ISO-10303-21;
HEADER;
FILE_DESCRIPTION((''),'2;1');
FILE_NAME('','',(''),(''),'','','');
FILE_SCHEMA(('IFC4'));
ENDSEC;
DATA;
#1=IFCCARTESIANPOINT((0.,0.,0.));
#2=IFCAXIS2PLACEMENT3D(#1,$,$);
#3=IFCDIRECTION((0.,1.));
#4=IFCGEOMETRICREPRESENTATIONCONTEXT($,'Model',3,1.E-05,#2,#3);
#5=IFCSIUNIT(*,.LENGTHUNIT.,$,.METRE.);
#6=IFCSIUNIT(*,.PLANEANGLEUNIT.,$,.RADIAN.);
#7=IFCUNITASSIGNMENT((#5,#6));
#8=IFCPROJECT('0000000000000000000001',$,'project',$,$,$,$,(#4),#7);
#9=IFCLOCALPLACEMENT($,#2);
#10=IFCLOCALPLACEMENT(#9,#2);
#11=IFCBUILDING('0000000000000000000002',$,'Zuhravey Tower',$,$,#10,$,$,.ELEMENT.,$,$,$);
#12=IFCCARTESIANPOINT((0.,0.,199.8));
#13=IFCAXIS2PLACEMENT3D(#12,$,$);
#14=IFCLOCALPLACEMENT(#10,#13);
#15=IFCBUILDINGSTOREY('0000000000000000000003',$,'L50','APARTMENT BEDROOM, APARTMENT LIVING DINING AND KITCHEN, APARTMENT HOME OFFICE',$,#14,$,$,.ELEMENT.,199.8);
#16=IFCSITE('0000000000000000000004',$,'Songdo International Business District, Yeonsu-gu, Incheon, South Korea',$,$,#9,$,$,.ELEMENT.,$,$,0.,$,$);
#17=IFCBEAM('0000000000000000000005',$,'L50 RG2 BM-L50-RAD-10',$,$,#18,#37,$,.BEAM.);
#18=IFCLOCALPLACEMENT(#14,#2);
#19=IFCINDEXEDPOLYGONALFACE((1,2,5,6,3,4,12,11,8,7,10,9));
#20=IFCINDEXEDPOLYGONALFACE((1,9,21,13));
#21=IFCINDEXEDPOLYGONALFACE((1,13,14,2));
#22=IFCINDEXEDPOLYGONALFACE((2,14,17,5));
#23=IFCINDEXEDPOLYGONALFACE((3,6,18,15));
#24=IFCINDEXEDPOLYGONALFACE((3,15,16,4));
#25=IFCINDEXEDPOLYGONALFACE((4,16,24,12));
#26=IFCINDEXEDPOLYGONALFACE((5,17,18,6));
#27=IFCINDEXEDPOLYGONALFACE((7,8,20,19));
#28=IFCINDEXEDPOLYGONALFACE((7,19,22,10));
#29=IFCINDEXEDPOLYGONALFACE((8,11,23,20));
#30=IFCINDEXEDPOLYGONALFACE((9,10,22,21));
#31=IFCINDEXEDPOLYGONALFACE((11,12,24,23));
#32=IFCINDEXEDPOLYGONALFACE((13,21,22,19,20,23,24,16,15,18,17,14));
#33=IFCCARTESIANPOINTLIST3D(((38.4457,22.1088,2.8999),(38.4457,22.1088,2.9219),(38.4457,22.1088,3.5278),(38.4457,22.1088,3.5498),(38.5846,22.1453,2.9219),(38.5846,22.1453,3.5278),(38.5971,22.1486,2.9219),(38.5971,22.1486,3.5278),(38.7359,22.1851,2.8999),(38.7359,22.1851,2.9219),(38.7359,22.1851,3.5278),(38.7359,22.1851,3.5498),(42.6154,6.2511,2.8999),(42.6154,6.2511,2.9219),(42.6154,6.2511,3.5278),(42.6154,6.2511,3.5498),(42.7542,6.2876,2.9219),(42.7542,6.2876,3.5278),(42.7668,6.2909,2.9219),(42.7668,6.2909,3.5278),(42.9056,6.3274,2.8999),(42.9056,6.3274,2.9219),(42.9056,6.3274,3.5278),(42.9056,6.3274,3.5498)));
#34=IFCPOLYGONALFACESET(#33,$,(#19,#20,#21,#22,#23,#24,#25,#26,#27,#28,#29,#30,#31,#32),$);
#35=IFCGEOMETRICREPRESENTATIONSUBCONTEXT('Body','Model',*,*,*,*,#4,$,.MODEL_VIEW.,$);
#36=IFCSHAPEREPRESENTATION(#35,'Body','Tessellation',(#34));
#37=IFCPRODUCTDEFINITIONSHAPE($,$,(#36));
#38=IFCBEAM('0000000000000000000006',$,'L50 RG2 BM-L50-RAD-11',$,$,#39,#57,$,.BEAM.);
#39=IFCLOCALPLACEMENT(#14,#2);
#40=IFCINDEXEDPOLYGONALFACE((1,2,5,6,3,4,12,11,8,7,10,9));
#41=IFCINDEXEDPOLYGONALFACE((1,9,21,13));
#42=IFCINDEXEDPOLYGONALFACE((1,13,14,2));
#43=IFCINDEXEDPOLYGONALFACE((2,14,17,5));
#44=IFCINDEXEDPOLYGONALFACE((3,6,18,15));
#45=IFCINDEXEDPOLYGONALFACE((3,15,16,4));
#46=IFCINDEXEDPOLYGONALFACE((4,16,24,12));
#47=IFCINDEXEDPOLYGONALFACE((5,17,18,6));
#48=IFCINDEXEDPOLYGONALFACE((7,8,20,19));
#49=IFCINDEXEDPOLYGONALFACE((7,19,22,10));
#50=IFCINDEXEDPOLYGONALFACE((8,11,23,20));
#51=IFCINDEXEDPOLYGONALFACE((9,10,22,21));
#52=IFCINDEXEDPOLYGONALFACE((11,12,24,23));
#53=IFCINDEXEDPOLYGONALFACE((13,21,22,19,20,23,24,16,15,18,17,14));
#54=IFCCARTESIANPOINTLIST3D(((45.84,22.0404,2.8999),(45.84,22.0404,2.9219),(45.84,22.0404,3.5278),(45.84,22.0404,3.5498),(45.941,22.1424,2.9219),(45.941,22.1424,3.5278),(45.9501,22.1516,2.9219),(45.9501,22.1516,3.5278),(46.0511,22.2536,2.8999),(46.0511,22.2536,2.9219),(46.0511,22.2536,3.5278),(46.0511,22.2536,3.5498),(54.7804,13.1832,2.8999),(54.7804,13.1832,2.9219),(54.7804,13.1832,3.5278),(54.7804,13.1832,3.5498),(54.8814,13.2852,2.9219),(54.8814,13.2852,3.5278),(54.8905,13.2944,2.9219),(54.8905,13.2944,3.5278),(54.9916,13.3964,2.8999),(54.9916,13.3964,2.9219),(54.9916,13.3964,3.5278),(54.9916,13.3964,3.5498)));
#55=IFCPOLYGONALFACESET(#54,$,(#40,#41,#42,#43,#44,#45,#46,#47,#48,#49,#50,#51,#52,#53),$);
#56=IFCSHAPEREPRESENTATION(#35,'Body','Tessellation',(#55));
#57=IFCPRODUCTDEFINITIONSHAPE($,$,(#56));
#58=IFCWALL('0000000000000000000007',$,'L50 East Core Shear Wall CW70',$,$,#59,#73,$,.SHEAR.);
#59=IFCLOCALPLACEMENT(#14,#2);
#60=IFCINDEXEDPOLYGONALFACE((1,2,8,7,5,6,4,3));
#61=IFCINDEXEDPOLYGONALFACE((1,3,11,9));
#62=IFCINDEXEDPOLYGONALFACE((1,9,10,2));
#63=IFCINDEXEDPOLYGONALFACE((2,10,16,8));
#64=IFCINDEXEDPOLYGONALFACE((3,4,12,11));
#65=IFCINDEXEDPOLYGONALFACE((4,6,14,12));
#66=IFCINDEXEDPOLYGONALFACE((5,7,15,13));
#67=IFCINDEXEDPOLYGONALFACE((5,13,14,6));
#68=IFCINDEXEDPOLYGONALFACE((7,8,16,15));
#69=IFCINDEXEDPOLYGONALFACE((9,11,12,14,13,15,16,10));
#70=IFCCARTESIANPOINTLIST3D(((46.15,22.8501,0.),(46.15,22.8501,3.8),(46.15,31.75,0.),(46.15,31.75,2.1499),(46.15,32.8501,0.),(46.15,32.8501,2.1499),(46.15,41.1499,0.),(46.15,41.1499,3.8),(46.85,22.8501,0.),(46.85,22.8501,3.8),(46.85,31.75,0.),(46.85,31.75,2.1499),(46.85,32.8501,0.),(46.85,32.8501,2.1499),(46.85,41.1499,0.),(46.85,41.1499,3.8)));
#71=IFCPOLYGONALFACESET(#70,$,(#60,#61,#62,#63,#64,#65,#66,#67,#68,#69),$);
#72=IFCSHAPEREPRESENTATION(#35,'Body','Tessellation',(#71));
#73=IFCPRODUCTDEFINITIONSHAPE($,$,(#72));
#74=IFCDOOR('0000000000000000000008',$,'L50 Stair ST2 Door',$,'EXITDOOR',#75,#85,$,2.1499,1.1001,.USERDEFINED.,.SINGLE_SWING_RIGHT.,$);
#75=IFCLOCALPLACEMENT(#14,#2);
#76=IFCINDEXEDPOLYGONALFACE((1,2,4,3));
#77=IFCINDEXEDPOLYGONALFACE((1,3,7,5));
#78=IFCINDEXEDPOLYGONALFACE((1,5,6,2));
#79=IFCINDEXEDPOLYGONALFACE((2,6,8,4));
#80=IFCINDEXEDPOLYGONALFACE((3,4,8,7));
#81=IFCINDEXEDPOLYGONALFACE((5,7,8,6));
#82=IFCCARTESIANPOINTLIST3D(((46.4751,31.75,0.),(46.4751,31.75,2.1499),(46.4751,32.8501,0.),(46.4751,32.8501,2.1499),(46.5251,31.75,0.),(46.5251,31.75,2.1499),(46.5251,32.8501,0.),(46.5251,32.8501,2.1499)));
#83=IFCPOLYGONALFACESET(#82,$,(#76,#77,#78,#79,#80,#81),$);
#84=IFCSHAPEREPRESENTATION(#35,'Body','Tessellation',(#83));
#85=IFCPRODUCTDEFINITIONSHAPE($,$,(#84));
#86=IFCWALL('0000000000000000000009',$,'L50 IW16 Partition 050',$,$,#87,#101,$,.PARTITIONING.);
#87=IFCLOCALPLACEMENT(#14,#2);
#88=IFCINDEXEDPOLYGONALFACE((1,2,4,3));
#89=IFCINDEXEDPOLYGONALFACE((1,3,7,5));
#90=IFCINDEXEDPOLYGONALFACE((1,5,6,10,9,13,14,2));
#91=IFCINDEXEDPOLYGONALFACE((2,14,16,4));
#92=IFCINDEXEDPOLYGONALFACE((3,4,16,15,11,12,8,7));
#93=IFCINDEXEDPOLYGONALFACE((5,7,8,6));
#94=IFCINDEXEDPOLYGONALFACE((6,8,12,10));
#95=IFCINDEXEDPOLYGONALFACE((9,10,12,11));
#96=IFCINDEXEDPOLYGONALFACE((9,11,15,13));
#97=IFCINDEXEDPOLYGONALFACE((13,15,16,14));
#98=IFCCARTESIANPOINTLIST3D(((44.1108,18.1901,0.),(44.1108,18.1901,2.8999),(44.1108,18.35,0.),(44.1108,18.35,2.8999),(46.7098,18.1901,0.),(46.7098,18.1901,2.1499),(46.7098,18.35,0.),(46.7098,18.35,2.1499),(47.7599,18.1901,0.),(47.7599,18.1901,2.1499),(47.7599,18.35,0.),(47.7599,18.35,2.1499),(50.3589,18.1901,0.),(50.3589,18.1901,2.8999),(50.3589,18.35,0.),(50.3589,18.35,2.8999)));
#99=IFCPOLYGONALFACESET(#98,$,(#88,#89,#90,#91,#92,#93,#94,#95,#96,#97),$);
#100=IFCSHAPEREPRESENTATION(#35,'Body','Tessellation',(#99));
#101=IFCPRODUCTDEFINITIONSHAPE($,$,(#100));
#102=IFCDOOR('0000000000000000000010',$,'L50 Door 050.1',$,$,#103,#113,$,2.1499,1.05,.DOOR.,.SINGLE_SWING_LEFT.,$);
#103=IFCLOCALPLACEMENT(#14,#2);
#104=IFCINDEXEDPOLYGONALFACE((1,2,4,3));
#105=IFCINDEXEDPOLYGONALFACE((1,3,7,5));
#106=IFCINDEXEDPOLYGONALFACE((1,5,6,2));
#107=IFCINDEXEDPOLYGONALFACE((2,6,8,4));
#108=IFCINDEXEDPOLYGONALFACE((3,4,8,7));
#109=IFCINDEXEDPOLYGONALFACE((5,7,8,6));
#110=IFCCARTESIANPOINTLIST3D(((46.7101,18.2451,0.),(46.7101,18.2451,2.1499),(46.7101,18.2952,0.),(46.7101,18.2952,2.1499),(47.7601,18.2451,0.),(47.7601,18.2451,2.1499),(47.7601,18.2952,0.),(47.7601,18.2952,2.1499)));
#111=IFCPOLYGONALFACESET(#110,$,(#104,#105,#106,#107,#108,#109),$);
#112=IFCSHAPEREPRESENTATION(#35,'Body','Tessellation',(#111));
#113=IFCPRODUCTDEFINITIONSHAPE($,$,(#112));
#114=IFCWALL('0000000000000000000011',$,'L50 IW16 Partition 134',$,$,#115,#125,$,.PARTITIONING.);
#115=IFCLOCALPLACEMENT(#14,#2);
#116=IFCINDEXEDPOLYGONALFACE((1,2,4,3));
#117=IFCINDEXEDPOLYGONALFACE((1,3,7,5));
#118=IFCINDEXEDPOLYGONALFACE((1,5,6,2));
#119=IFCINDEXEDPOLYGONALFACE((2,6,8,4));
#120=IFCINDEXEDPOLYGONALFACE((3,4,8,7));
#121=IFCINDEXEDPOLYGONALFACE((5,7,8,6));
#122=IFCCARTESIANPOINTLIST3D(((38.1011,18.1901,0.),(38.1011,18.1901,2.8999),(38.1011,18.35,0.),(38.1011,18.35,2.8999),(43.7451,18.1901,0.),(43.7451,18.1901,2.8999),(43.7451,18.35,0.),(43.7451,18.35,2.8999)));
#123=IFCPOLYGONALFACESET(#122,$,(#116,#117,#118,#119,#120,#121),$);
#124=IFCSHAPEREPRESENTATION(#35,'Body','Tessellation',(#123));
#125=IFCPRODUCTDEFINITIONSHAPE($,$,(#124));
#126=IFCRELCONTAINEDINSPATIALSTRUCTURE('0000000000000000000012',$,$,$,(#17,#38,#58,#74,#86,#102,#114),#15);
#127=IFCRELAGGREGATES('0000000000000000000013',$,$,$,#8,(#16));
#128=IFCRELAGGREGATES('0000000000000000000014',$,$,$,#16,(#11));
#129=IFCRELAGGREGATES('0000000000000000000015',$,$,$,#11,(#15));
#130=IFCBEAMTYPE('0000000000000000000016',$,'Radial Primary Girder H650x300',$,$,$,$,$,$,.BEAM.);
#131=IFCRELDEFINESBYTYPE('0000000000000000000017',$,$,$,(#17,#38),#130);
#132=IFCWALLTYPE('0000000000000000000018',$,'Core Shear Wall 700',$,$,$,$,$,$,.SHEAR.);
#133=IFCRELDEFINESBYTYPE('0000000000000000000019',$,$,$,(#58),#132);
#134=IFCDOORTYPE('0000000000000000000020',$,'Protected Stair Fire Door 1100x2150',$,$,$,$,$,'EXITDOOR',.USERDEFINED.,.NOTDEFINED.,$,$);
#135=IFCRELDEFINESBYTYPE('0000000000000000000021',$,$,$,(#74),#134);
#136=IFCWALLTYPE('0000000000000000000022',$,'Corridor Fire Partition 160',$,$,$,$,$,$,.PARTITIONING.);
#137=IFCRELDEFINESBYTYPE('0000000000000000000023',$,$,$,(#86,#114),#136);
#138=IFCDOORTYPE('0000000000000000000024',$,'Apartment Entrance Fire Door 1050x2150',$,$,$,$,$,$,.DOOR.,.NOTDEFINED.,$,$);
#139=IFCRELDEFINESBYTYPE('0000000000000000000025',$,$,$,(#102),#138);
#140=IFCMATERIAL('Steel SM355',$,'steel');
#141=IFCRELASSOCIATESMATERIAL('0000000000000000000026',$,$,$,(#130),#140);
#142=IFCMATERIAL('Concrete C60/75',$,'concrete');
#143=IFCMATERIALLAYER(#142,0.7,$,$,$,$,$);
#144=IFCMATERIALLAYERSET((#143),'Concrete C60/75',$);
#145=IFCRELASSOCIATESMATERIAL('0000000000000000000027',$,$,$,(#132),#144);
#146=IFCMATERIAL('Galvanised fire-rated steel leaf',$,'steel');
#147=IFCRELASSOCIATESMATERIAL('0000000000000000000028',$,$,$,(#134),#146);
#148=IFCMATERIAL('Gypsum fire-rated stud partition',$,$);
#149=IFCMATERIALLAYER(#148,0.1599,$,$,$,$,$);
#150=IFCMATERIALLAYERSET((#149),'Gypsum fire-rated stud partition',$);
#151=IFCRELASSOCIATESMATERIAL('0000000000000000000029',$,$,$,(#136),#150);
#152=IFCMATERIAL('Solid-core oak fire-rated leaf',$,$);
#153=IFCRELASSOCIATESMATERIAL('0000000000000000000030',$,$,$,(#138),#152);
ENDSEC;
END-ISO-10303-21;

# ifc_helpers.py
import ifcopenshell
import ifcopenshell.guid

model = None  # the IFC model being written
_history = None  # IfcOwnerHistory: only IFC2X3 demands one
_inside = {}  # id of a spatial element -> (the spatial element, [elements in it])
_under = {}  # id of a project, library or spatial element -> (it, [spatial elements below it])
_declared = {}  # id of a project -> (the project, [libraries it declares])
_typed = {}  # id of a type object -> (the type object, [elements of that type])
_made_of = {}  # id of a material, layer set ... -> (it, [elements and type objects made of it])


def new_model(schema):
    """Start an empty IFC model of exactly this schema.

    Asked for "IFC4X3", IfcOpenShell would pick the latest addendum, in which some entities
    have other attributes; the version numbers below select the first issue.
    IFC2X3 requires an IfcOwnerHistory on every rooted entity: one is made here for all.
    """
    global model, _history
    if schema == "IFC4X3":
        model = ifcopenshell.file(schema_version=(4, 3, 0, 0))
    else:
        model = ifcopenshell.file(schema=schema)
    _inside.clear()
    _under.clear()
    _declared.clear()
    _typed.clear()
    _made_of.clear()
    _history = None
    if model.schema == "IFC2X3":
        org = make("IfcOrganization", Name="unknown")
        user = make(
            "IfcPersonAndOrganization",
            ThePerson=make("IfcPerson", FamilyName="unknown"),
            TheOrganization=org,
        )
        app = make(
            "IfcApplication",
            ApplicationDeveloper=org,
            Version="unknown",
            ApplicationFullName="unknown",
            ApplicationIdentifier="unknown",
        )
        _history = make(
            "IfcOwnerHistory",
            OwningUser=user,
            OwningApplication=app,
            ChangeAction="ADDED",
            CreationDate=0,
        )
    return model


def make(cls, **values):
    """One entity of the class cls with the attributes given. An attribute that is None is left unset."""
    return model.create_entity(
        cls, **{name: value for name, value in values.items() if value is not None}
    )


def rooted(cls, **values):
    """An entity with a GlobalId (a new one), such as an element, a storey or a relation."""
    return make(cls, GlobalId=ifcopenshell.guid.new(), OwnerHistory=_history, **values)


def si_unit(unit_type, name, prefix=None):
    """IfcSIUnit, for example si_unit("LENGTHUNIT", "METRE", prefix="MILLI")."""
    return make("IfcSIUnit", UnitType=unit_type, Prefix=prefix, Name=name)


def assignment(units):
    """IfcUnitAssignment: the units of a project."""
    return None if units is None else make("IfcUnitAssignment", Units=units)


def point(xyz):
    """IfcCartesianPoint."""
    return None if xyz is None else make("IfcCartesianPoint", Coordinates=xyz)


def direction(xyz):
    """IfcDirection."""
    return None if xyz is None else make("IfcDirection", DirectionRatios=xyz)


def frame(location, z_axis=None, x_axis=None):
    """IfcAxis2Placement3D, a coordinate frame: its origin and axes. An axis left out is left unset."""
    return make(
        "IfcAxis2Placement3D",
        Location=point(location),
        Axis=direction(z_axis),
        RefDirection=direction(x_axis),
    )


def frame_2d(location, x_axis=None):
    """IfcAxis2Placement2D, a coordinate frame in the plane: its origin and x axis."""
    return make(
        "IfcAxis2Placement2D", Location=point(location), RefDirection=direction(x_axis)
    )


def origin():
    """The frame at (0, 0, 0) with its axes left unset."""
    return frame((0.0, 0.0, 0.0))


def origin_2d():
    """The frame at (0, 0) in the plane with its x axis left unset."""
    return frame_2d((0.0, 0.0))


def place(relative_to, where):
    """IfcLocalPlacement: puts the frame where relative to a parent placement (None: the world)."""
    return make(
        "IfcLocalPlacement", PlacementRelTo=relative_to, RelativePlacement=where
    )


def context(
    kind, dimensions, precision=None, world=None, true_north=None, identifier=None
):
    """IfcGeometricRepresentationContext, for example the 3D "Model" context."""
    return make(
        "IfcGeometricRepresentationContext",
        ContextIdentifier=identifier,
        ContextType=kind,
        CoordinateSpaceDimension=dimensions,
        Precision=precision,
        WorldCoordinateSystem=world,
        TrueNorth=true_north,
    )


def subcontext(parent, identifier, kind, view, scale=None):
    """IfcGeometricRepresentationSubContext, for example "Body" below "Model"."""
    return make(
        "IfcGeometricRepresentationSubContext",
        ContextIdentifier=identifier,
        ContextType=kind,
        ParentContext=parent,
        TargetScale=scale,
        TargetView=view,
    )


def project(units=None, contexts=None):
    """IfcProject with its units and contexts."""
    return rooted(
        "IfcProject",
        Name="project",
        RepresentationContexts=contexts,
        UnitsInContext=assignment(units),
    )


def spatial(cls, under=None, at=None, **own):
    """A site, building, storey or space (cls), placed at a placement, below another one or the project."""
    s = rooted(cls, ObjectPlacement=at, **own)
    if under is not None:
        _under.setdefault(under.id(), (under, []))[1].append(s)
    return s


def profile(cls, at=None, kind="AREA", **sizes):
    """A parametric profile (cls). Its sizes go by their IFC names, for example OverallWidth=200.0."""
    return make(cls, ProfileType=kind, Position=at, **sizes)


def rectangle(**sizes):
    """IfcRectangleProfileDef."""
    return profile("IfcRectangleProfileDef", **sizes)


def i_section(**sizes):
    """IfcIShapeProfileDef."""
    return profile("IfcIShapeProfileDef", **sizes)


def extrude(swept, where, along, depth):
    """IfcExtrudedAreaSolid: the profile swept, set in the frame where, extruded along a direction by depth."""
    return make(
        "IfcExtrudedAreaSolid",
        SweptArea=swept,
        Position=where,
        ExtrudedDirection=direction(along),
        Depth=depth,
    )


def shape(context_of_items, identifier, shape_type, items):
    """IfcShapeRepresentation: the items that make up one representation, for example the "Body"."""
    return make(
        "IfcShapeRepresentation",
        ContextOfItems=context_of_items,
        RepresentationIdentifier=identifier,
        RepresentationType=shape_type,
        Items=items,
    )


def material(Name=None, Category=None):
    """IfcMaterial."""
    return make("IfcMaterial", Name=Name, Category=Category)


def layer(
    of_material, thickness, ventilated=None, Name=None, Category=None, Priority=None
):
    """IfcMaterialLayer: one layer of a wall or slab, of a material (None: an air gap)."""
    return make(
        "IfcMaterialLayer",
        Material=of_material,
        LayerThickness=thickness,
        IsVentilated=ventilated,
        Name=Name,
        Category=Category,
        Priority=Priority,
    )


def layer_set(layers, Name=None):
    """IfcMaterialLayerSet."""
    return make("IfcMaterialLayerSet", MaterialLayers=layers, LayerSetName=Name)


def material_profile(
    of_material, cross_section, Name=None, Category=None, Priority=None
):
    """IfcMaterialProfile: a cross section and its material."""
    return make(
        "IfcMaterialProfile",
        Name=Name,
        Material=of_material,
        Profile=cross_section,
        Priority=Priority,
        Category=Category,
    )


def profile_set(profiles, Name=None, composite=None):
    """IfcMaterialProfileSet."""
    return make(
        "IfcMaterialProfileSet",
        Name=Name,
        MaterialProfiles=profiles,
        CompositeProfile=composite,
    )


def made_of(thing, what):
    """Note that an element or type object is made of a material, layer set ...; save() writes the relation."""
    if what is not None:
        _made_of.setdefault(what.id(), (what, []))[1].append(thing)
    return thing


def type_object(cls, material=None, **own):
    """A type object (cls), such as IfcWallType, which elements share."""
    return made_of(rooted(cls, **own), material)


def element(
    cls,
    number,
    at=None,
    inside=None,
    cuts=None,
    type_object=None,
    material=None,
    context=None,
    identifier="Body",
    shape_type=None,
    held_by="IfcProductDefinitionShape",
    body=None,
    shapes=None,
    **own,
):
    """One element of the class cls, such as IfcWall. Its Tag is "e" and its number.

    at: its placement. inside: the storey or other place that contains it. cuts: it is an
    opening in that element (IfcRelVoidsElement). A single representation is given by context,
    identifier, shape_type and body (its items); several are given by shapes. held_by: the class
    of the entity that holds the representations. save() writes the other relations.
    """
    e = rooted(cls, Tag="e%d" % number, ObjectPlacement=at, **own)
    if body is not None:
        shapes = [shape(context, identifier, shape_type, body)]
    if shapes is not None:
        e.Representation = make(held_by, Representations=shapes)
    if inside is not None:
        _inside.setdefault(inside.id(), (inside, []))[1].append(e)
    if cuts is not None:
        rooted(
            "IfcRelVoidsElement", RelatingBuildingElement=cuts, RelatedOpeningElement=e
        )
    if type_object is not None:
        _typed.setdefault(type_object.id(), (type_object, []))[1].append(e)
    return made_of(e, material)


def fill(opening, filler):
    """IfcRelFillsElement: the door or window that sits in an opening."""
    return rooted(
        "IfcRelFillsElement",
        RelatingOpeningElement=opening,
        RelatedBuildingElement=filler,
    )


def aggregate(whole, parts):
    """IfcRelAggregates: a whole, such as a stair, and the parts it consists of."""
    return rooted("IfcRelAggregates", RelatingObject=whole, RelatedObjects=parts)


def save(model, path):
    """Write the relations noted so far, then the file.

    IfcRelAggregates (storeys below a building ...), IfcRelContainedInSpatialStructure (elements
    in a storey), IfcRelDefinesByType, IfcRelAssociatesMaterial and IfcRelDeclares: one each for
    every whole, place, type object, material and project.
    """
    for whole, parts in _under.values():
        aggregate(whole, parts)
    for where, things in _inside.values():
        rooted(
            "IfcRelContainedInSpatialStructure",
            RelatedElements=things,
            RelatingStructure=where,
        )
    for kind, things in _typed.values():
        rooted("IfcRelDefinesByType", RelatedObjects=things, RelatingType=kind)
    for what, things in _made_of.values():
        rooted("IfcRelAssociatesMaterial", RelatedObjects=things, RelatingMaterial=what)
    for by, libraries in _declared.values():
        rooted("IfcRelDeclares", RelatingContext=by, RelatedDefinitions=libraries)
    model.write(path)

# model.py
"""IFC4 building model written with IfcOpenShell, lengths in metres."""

from ifc_helpers import new_model, si_unit, direction, frame, frame_2d, origin, origin_2d, place, context, subcontext, project, spatial, rectangle, i_section, extrude, material, layer, layer_set, material_profile, profile_set, type_object, element, fill, save


model = new_model("IFC4")

# Units and contexts
model_context = context("Model", 3, precision=1e-05, world=origin(), true_north=direction((0.0, 1.0)))
body_context = subcontext(model_context, "Body", "Model", "MODEL_VIEW")
ifc_project = project(units=[si_unit("LENGTHUNIT", "METRE"), si_unit("PLANEANGLEUNIT", "RADIAN")], contexts=[model_context])

# Site, building, storey
site_placement = place(None, origin())
site = spatial("IfcSite", under=ifc_project, at=site_placement, Name="Songdo International Business District, Yeonsu-gu, Incheon, South Korea", CompositionType="ELEMENT", RefElevation=0.0)
building_placement = place(site_placement, origin())
building = spatial("IfcBuilding", under=site, at=building_placement, Name="Zuhravey Tower", CompositionType="ELEMENT")
storey_placement = place(building_placement, frame((0.0, 0.0, 199.8)))
storey = spatial("IfcBuildingStorey", under=building, at=storey_placement, Name="L50", Description="APARTMENT BEDROOM, APARTMENT LIVING DINING AND KITCHEN, APARTMENT HOME OFFICE", CompositionType="ELEMENT", Elevation=199.8)

# Beams
ifc_material_1 = material(Name="Steel SM355", Category="steel")
ifc_material_profile = material_profile(ifc_material_1, i_section(OverallWidth=0.3, OverallDepth=0.6499, WebThickness=0.0129, FlangeThickness=0.022, at=origin_2d()), Name="H-650x300x13x22")
ifc_profile_set = profile_set([ifc_material_profile], Name="Steel SM355")
beam_type = type_object("IfcBeamType", Name="Radial Primary Girder H650x300", PredefinedType="BEAM", material=ifc_profile_set)
beam_1_placement = place(storey_placement, frame((38.5908, 22.147, 3.2249), z_axis=(0.2543, -0.967125, 0.0), x_axis=(0.967125, 0.2543, 0.0)))
element("IfcBeam", 1, at=beam_1_placement, inside=storey, type_object=beam_type, Name="L50 RG2 BM-L50-RAD-10", PredefinedType="BEAM", context=body_context, shape_type="SweptSolid", body=[
    extrude(i_section(OverallWidth=0.3, OverallDepth=0.6499, WebThickness=0.0129, FlangeThickness=0.022, at=origin_2d()), origin(), (0.0, 0.0, 1.0), 16.3967),
])
beam_2_placement = place(storey_placement, frame((45.9456, 22.147, 3.2249), z_axis=(0.710407, -0.703791, 0.0), x_axis=(0.703791, 0.710407, 0.0)))
element("IfcBeam", 2, at=beam_2_placement, inside=storey, type_object=beam_type, Name="L50 RG2 BM-L50-RAD-11", PredefinedType="BEAM", context=body_context, shape_type="SweptSolid", body=[
    extrude(i_section(OverallWidth=0.3, OverallDepth=0.6499, WebThickness=0.0129, FlangeThickness=0.022, at=origin_2d()), origin(), (0.0, 0.0, 1.0), 12.585),
])

# Walls, openings, doors
ifc_material_2 = material(Name="Concrete C60/75", Category="concrete")
ifc_layer_1 = layer(ifc_material_2, 0.7)
ifc_layer_set_1 = layer_set([ifc_layer_1], Name="Concrete C60/75")
wall_type_1 = type_object("IfcWallType", Name="Core Shear Wall 700", PredefinedType="SHEAR", material=ifc_layer_set_1)
ifc_material_3 = material(Name="Galvanised fire-rated steel leaf", Category="steel")
wall_1_placement = place(storey_placement, frame((46.5, 22.8501, 0.0), z_axis=(0.0, 0.0, 1.0), x_axis=(0.0, 1.0, 0.0)))
wall_1 = element("IfcWall", 3, at=wall_1_placement, inside=storey, type_object=wall_type_1, Name="L50 East Core Shear Wall CW70", PredefinedType="SHEAR", context=body_context, shape_type="SweptSolid", body=[
    extrude(rectangle(XDim=18.2998, YDim=0.7, at=frame_2d((9.1499, 0.0))), origin(), (0.0, 0.0, 1.0), 3.8),
])
opening_1_placement = place(wall_1_placement, frame((8.8999, 0.0, 0.0)))
opening_1 = element("IfcOpeningElement", 4, at=opening_1_placement, cuts=wall_1, PredefinedType="OPENING", context=body_context, shape_type="SweptSolid", body=[
    extrude(rectangle(XDim=1.1001, YDim=2.1499, at=frame_2d((0.55, 1.075))), frame((0.0, 0.3621, 0.0), z_axis=(0.0, -1.0, 0.0), x_axis=(1.0, 0.0, 0.0)), (0.0, 0.0, 1.0), 0.7239),
])
door_type_1 = type_object("IfcDoorType", Name="Protected Stair Fire Door 1100x2150", ElementType="EXITDOOR", OperationType="NOTDEFINED", PredefinedType="USERDEFINED", material=ifc_material_3)
door_1_placement = place(opening_1_placement, origin())
door_1 = element("IfcDoor", 5, at=door_1_placement, inside=storey, type_object=door_type_1, Name="L50 Stair ST2 Door", ObjectType="EXITDOOR", OperationType="SINGLE_SWING_RIGHT", OverallHeight=2.1499, OverallWidth=1.1001, PredefinedType="USERDEFINED", context=body_context, shape_type="SweptSolid", body=[
    extrude(rectangle(XDim=1.1001, YDim=2.1499, at=frame_2d((0.55, 1.075))), frame((0.0, 0.0249, 0.0), z_axis=(0.0, -1.0, 0.0), x_axis=(1.0, 0.0, 0.0)), (0.0, 0.0, 1.0), 0.05),
])
fill(opening_1, door_1)
ifc_material_4 = material(Name="Gypsum fire-rated stud partition")
ifc_layer_2 = layer(ifc_material_4, 0.1599)
ifc_layer_set_2 = layer_set([ifc_layer_2], Name="Gypsum fire-rated stud partition")
wall_type_2 = type_object("IfcWallType", Name="Corridor Fire Partition 160", PredefinedType="PARTITIONING", material=ifc_layer_set_2)
wall_2_placement = place(storey_placement, frame((44.1108, 18.27, 0.0), z_axis=(0.0, 0.0, 1.0), x_axis=(1.0, 0.0, 0.0)))
wall_2 = element("IfcWall", 6, at=wall_2_placement, inside=storey, type_object=wall_type_2, Name="L50 IW16 Partition 050", PredefinedType="PARTITIONING", context=body_context, shape_type="SweptSolid", body=[
    extrude(rectangle(XDim=6.248, YDim=0.1599, at=frame_2d((3.124, 0.0))), origin(), (0.0, 0.0, 1.0), 2.8999),
])
opening_2_placement = place(wall_2_placement, frame((2.5991, 0.0, 0.0)))
opening_2 = element("IfcOpeningElement", 7, at=opening_2_placement, cuts=wall_2, PredefinedType="OPENING", context=body_context, shape_type="SweptSolid", body=[
    extrude(rectangle(XDim=1.05, YDim=2.1499, at=frame_2d((0.5249, 1.075))), frame((0.0, 0.092, 0.0), z_axis=(0.0, -1.0, 0.0), x_axis=(1.0, 0.0, 0.0)), (0.0, 0.0, 1.0), 0.1838),
])
ifc_material_5 = material(Name="Solid-core oak fire-rated leaf")
door_type_2 = type_object("IfcDoorType", Name="Apartment Entrance Fire Door 1050x2150", OperationType="NOTDEFINED", PredefinedType="DOOR", material=ifc_material_5)
door_2_placement = place(opening_2_placement, frame((1.05, 0.0, 0.0), z_axis=(0.0, 0.0, 1.0), x_axis=(-1.0, 0.0, 0.0)))
door_2 = element("IfcDoor", 8, at=door_2_placement, inside=storey, type_object=door_type_2, Name="L50 Door 050.1", OperationType="SINGLE_SWING_LEFT", OverallHeight=2.1499, OverallWidth=1.05, PredefinedType="DOOR", context=body_context, shape_type="SweptSolid", body=[
    extrude(rectangle(XDim=1.05, YDim=2.1499, at=frame_2d((0.5249, 1.075))), frame((0.0, 0.0249, 0.0), z_axis=(0.0, -1.0, 0.0), x_axis=(1.0, 0.0, 0.0)), (0.0, 0.0, 1.0), 0.05),
])
fill(opening_2, door_2)

# Wall
wall_3_placement = place(storey_placement, frame((38.1011, 18.27, 0.0), z_axis=(0.0, 0.0, 1.0), x_axis=(1.0, 0.0, 0.0)))
element("IfcWall", 9, at=wall_3_placement, inside=storey, type_object=wall_type_2, Name="L50 IW16 Partition 134", PredefinedType="PARTITIONING", context=body_context, shape_type="SweptSolid", body=[
    extrude(rectangle(XDim=5.644, YDim=0.1599, at=frame_2d((2.822, 0.0))), origin(), (0.0, 0.0, 1.0), 2.8999),
])

save(model, "model.ifc")
